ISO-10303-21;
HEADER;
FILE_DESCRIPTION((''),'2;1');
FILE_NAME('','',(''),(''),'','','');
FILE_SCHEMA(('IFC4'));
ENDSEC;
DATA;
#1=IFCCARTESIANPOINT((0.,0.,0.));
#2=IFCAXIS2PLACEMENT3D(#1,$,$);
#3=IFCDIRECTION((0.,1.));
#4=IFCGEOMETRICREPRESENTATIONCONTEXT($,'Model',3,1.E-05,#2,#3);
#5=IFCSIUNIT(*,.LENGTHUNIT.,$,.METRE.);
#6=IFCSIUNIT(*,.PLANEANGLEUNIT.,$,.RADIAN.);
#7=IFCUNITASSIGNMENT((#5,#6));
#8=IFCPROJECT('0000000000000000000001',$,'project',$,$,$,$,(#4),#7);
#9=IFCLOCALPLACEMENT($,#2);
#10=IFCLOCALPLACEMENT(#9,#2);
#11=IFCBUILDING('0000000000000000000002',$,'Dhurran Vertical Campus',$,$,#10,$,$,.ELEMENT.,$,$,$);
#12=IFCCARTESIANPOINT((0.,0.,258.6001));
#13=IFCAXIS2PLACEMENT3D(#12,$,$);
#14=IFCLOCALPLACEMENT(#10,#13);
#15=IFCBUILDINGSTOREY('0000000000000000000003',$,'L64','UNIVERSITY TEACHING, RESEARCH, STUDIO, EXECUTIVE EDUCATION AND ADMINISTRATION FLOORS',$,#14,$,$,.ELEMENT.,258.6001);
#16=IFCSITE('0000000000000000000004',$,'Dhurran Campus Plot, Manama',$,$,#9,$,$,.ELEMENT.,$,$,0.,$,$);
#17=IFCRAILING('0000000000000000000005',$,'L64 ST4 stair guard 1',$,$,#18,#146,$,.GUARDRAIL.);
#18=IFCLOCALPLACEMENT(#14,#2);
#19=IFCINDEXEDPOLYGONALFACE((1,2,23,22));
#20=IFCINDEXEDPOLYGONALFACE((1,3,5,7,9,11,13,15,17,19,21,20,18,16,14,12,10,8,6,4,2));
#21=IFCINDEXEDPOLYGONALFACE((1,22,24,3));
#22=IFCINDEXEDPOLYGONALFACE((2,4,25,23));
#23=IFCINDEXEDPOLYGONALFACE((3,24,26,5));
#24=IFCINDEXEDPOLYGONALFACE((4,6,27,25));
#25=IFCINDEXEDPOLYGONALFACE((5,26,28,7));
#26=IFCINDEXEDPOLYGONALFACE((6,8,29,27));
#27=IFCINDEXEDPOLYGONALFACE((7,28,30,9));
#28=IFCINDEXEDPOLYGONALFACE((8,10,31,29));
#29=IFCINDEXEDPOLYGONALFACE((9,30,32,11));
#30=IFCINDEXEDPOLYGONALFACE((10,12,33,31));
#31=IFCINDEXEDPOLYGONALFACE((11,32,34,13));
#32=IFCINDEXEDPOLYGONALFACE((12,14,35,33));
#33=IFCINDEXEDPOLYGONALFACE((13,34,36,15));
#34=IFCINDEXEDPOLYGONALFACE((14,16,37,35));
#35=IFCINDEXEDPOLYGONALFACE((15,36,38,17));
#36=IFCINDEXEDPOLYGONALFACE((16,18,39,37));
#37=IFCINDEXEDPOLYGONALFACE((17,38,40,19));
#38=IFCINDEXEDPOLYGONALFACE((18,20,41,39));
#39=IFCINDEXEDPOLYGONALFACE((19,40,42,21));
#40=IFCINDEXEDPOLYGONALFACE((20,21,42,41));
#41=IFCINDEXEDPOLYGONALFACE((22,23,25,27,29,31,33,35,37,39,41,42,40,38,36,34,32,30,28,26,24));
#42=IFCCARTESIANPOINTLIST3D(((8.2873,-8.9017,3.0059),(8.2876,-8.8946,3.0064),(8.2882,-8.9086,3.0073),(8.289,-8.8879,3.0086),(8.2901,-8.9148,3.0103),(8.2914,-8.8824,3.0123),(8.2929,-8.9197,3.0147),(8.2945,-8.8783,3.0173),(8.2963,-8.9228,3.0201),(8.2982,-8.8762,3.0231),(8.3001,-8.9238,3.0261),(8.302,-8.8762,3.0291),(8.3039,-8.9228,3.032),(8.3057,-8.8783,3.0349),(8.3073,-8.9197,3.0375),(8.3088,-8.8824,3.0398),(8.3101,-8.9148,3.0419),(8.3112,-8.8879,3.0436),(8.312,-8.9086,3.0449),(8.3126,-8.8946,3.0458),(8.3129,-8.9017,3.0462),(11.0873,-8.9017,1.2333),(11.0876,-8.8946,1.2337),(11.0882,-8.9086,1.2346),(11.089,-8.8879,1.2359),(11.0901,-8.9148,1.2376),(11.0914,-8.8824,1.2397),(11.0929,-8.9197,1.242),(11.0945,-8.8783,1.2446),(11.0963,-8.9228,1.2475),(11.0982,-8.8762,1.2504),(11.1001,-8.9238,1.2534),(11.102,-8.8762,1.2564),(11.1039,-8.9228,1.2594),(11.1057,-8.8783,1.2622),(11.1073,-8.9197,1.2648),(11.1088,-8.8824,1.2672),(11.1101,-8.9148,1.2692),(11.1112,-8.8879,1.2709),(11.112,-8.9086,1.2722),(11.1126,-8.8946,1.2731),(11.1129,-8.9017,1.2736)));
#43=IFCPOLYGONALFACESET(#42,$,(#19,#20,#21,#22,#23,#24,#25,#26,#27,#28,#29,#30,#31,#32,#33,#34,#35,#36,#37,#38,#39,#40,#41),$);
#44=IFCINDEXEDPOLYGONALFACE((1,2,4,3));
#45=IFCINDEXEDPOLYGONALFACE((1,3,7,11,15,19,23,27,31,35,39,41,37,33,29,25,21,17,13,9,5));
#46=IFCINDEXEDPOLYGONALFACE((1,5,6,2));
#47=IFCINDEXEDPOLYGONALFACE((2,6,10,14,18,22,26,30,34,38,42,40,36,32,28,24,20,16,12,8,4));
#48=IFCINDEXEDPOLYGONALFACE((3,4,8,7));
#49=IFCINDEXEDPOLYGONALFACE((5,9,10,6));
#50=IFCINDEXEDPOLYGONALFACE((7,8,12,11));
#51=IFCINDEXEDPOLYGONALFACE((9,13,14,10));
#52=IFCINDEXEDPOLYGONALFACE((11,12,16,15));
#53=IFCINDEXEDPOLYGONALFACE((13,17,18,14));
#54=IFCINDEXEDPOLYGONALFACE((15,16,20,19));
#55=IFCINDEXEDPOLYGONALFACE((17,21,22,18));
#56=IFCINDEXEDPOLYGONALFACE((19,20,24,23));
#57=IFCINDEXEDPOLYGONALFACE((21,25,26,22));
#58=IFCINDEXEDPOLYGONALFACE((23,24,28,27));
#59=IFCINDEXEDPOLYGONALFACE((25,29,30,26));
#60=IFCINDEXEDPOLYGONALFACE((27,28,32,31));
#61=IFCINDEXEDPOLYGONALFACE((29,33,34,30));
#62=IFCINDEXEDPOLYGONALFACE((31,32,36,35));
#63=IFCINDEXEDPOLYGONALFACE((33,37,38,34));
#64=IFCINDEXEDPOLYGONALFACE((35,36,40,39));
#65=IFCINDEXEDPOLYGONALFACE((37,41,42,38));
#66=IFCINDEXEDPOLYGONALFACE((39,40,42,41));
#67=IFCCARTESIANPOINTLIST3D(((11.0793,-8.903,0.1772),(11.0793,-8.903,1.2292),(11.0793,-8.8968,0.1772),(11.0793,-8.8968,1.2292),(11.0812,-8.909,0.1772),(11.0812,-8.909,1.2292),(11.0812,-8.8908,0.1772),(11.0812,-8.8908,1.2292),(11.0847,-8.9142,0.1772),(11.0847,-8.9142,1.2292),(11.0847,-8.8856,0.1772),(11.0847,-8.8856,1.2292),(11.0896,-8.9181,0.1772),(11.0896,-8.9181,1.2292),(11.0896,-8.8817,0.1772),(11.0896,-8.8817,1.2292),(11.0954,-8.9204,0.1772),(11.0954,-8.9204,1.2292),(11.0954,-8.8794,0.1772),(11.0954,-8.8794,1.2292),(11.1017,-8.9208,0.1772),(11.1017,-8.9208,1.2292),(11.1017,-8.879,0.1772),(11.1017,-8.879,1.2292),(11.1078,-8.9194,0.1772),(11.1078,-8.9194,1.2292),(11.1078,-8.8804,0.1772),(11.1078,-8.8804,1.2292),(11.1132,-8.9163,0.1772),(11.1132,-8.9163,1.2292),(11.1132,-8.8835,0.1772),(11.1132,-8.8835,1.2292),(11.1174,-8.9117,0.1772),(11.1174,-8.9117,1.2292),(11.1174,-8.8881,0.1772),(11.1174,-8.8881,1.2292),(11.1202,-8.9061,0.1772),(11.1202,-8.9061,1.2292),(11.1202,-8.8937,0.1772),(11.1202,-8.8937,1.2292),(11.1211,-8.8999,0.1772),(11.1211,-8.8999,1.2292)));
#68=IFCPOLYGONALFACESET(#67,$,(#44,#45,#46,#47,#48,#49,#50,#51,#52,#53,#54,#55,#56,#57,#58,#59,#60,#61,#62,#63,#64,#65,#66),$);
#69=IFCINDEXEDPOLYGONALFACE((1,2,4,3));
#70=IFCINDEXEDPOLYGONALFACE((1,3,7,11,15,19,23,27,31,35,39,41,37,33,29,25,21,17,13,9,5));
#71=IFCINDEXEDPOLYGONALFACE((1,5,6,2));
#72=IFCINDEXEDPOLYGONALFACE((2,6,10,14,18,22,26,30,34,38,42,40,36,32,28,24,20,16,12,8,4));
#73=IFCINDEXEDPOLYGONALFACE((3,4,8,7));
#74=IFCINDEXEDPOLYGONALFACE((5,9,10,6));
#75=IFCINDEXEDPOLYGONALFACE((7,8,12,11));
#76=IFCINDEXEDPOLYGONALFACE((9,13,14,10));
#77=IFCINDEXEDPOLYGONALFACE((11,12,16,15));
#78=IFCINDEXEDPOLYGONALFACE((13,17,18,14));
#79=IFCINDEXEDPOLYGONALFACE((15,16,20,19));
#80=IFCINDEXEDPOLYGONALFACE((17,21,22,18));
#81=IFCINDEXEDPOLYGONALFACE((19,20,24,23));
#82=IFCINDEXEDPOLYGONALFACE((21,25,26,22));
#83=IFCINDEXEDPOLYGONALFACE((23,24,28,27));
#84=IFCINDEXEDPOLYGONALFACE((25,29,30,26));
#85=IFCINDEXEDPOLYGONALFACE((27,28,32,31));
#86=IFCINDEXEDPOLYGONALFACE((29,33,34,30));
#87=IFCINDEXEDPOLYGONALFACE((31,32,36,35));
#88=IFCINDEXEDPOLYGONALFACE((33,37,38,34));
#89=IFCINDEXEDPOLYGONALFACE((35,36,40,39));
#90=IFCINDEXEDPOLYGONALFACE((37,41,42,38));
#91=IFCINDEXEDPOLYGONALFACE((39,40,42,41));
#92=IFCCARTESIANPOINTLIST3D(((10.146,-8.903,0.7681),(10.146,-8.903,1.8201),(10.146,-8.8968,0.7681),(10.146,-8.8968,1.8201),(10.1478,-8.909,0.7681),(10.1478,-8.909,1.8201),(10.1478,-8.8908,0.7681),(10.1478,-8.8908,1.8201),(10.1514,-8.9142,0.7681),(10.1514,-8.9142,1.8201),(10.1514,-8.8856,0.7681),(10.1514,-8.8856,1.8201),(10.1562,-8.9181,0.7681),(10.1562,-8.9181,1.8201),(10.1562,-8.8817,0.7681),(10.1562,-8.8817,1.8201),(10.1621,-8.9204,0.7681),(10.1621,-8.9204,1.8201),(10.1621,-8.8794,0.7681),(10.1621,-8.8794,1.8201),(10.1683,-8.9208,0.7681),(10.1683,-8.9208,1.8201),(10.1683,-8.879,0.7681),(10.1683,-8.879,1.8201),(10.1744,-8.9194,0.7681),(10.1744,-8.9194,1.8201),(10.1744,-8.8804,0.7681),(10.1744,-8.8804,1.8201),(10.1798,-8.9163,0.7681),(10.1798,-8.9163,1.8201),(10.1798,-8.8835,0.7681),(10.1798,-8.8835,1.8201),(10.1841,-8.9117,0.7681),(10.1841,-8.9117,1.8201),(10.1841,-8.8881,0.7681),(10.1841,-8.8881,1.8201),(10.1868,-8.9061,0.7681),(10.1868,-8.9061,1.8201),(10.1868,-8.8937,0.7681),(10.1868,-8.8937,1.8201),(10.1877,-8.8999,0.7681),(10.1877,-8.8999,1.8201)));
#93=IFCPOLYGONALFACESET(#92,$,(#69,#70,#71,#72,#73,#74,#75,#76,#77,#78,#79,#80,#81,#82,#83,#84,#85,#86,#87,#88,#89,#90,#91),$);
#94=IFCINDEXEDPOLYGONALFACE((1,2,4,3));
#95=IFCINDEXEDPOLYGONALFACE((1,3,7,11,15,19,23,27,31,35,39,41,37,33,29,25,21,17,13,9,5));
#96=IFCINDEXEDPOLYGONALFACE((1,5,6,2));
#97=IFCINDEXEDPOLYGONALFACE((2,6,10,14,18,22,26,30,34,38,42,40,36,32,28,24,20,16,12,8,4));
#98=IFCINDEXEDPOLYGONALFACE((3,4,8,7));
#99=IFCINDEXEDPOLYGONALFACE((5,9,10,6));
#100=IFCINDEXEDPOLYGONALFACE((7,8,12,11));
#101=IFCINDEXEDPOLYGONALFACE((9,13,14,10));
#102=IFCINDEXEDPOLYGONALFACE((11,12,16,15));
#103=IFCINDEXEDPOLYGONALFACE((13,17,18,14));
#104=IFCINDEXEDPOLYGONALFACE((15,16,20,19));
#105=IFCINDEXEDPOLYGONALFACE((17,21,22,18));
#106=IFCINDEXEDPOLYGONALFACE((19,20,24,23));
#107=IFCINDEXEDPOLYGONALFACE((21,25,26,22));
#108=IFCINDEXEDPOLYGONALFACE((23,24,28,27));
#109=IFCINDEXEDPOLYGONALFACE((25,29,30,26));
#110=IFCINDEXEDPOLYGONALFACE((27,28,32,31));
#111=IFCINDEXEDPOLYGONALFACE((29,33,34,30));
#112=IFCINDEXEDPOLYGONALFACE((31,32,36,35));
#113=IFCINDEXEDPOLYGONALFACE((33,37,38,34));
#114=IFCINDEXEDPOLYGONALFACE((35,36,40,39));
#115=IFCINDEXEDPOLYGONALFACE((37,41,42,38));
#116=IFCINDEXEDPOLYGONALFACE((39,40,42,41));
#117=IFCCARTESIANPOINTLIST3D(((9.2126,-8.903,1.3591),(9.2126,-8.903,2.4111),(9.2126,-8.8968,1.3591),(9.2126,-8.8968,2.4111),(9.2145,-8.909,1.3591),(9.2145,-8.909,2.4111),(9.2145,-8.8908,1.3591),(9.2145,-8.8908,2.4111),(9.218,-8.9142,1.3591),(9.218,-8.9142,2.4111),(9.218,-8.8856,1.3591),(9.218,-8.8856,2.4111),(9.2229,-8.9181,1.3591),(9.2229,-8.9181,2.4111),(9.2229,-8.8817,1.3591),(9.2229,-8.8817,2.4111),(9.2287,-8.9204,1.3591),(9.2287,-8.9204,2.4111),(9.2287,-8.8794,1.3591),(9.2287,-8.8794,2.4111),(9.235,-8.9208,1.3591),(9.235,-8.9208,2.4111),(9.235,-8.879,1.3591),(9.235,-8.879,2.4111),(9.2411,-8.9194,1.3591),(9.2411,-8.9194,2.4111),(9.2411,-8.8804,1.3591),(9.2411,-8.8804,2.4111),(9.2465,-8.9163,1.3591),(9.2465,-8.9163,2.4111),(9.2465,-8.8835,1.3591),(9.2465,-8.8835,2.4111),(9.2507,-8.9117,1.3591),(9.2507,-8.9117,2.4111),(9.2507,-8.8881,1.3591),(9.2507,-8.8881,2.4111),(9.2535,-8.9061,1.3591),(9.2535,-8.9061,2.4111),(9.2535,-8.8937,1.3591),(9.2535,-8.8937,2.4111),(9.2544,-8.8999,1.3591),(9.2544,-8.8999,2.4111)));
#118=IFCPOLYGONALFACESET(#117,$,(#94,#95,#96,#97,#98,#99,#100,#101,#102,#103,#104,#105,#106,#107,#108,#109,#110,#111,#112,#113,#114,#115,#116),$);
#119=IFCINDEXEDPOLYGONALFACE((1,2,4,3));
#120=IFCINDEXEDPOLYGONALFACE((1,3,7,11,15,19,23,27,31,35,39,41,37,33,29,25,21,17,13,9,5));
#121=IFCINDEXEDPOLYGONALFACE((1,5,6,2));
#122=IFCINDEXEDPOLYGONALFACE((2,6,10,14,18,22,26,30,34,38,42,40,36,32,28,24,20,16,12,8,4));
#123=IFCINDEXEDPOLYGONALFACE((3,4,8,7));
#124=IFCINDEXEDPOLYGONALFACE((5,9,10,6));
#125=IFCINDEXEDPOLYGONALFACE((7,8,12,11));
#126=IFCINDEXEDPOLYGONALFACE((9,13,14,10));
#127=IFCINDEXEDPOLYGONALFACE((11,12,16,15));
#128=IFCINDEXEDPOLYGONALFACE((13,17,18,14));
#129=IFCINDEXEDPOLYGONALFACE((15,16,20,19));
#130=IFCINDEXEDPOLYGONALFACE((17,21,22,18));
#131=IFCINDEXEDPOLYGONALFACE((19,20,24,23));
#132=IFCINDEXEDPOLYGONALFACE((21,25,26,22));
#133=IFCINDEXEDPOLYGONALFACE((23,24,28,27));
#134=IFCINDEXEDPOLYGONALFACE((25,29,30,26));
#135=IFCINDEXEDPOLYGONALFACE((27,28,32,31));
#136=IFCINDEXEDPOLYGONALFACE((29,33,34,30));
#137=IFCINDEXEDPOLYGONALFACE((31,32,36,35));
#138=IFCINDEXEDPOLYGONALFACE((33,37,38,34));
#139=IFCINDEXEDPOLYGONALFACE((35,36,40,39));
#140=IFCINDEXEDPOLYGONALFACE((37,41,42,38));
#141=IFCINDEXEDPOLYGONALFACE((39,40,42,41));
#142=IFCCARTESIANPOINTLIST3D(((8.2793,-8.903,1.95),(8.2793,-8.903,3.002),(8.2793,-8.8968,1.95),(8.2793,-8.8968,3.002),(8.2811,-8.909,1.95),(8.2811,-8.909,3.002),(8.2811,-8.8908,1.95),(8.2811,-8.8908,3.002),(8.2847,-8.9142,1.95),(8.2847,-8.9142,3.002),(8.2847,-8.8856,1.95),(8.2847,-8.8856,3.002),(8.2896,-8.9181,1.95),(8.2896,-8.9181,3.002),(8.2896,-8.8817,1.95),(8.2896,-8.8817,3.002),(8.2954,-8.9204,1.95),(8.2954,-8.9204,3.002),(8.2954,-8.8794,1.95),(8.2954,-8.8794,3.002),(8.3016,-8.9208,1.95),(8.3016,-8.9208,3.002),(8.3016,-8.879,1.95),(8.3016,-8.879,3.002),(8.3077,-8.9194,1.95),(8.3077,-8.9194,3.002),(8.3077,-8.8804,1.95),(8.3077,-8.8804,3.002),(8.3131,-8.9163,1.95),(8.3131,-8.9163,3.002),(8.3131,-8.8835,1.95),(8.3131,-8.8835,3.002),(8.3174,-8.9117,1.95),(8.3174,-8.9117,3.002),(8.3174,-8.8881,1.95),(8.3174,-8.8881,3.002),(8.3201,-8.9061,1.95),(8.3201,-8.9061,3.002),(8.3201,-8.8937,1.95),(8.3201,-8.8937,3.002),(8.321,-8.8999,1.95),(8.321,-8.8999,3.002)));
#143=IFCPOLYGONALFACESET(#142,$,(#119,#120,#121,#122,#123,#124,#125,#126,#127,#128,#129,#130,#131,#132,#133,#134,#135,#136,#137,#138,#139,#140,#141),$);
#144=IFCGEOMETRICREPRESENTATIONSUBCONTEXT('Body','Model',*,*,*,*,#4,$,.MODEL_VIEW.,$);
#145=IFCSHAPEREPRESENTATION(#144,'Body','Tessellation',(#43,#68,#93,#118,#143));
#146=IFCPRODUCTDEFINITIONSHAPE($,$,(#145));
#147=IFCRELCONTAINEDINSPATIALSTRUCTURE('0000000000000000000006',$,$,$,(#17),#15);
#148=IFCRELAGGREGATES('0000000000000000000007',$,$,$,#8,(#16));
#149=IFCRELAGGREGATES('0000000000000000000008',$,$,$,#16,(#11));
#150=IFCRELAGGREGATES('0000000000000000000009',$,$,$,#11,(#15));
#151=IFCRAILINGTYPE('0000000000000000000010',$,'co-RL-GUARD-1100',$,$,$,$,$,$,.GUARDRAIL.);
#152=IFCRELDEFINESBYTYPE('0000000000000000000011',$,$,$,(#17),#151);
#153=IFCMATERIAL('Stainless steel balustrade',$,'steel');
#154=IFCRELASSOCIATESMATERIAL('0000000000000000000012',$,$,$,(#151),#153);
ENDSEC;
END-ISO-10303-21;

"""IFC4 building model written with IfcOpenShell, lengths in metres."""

from ifc_helpers import new_model, si_unit, direction, frame, origin, origin_2d, place, context, subcontext, project, spatial, circle, extrude, material, type_object, element, save


model = new_model("IFC4")

# Units and contexts
model_context = context("Model", 3, precision=1e-05, world=origin(), true_north=direction((0.0, 1.0)))
body_context = subcontext(model_context, "Body", "Model", "MODEL_VIEW")
ifc_project = project(units=[si_unit("LENGTHUNIT", "METRE"), si_unit("PLANEANGLEUNIT", "RADIAN")], contexts=[model_context])

# Site, building, storey
site_placement = place(None, origin())
site = spatial("IfcSite", under=ifc_project, at=site_placement, Name="Dhurran Campus Plot, Manama", CompositionType="ELEMENT", RefElevation=0.0)
building_placement = place(site_placement, origin())
building = spatial("IfcBuilding", under=site, at=building_placement, Name="Dhurran Vertical Campus", CompositionType="ELEMENT")
storey_placement = place(building_placement, frame((0.0, 0.0, 258.6001)))
storey = spatial("IfcBuildingStorey", under=building, at=storey_placement, Name="L64", Description="UNIVERSITY TEACHING, RESEARCH, STUDIO, EXECUTIVE EDUCATION AND ADMINISTRATION FLOORS", CompositionType="ELEMENT", Elevation=258.6001)

# Railing
ifc_material_1 = material(Name="Stainless steel balustrade", Category="steel")
railing_type_1 = type_object("IfcRailingType", Name="co-RL-GUARD-1100", PredefinedType="GUARDRAIL", material=ifc_material_1)
railing_1_placement = place(storey_placement, frame((11.1001, -8.8999, 0.1772)))
element("IfcRailing", 1, at=railing_1_placement, inside=storey, type_object=railing_type_1, Name="L64 ST4 stair guard 1", PredefinedType="GUARDRAIL", context=body_context, shape_type="SweptSolid", body=[
    extrude(circle(Radius=0.0239, at=origin_2d()), frame((0.0, 0.0, 1.0762), z_axis=(-0.844909, 0.0, 0.53491), x_axis=(0.0, -1.0, 0.0)), (0.0, 0.0, 1.0), 3.314),
    extrude(circle(Radius=0.021, at=origin_2d()), origin(), (0.0, 0.0, 1.0), 1.052),
    extrude(circle(Radius=0.021, at=origin_2d()), frame((-0.9333, 0.0, 0.5908)), (0.0, 0.0, 1.0), 1.052),
    extrude(circle(Radius=0.021, at=origin_2d()), frame((-1.8667, 0.0, 1.1819)), (0.0, 0.0, 1.0), 1.052),
    extrude(circle(Radius=0.021, at=origin_2d()), frame((-2.8, 0.0, 1.7727)), (0.0, 0.0, 1.0), 1.052),
])

save(model, "model.ifc")
